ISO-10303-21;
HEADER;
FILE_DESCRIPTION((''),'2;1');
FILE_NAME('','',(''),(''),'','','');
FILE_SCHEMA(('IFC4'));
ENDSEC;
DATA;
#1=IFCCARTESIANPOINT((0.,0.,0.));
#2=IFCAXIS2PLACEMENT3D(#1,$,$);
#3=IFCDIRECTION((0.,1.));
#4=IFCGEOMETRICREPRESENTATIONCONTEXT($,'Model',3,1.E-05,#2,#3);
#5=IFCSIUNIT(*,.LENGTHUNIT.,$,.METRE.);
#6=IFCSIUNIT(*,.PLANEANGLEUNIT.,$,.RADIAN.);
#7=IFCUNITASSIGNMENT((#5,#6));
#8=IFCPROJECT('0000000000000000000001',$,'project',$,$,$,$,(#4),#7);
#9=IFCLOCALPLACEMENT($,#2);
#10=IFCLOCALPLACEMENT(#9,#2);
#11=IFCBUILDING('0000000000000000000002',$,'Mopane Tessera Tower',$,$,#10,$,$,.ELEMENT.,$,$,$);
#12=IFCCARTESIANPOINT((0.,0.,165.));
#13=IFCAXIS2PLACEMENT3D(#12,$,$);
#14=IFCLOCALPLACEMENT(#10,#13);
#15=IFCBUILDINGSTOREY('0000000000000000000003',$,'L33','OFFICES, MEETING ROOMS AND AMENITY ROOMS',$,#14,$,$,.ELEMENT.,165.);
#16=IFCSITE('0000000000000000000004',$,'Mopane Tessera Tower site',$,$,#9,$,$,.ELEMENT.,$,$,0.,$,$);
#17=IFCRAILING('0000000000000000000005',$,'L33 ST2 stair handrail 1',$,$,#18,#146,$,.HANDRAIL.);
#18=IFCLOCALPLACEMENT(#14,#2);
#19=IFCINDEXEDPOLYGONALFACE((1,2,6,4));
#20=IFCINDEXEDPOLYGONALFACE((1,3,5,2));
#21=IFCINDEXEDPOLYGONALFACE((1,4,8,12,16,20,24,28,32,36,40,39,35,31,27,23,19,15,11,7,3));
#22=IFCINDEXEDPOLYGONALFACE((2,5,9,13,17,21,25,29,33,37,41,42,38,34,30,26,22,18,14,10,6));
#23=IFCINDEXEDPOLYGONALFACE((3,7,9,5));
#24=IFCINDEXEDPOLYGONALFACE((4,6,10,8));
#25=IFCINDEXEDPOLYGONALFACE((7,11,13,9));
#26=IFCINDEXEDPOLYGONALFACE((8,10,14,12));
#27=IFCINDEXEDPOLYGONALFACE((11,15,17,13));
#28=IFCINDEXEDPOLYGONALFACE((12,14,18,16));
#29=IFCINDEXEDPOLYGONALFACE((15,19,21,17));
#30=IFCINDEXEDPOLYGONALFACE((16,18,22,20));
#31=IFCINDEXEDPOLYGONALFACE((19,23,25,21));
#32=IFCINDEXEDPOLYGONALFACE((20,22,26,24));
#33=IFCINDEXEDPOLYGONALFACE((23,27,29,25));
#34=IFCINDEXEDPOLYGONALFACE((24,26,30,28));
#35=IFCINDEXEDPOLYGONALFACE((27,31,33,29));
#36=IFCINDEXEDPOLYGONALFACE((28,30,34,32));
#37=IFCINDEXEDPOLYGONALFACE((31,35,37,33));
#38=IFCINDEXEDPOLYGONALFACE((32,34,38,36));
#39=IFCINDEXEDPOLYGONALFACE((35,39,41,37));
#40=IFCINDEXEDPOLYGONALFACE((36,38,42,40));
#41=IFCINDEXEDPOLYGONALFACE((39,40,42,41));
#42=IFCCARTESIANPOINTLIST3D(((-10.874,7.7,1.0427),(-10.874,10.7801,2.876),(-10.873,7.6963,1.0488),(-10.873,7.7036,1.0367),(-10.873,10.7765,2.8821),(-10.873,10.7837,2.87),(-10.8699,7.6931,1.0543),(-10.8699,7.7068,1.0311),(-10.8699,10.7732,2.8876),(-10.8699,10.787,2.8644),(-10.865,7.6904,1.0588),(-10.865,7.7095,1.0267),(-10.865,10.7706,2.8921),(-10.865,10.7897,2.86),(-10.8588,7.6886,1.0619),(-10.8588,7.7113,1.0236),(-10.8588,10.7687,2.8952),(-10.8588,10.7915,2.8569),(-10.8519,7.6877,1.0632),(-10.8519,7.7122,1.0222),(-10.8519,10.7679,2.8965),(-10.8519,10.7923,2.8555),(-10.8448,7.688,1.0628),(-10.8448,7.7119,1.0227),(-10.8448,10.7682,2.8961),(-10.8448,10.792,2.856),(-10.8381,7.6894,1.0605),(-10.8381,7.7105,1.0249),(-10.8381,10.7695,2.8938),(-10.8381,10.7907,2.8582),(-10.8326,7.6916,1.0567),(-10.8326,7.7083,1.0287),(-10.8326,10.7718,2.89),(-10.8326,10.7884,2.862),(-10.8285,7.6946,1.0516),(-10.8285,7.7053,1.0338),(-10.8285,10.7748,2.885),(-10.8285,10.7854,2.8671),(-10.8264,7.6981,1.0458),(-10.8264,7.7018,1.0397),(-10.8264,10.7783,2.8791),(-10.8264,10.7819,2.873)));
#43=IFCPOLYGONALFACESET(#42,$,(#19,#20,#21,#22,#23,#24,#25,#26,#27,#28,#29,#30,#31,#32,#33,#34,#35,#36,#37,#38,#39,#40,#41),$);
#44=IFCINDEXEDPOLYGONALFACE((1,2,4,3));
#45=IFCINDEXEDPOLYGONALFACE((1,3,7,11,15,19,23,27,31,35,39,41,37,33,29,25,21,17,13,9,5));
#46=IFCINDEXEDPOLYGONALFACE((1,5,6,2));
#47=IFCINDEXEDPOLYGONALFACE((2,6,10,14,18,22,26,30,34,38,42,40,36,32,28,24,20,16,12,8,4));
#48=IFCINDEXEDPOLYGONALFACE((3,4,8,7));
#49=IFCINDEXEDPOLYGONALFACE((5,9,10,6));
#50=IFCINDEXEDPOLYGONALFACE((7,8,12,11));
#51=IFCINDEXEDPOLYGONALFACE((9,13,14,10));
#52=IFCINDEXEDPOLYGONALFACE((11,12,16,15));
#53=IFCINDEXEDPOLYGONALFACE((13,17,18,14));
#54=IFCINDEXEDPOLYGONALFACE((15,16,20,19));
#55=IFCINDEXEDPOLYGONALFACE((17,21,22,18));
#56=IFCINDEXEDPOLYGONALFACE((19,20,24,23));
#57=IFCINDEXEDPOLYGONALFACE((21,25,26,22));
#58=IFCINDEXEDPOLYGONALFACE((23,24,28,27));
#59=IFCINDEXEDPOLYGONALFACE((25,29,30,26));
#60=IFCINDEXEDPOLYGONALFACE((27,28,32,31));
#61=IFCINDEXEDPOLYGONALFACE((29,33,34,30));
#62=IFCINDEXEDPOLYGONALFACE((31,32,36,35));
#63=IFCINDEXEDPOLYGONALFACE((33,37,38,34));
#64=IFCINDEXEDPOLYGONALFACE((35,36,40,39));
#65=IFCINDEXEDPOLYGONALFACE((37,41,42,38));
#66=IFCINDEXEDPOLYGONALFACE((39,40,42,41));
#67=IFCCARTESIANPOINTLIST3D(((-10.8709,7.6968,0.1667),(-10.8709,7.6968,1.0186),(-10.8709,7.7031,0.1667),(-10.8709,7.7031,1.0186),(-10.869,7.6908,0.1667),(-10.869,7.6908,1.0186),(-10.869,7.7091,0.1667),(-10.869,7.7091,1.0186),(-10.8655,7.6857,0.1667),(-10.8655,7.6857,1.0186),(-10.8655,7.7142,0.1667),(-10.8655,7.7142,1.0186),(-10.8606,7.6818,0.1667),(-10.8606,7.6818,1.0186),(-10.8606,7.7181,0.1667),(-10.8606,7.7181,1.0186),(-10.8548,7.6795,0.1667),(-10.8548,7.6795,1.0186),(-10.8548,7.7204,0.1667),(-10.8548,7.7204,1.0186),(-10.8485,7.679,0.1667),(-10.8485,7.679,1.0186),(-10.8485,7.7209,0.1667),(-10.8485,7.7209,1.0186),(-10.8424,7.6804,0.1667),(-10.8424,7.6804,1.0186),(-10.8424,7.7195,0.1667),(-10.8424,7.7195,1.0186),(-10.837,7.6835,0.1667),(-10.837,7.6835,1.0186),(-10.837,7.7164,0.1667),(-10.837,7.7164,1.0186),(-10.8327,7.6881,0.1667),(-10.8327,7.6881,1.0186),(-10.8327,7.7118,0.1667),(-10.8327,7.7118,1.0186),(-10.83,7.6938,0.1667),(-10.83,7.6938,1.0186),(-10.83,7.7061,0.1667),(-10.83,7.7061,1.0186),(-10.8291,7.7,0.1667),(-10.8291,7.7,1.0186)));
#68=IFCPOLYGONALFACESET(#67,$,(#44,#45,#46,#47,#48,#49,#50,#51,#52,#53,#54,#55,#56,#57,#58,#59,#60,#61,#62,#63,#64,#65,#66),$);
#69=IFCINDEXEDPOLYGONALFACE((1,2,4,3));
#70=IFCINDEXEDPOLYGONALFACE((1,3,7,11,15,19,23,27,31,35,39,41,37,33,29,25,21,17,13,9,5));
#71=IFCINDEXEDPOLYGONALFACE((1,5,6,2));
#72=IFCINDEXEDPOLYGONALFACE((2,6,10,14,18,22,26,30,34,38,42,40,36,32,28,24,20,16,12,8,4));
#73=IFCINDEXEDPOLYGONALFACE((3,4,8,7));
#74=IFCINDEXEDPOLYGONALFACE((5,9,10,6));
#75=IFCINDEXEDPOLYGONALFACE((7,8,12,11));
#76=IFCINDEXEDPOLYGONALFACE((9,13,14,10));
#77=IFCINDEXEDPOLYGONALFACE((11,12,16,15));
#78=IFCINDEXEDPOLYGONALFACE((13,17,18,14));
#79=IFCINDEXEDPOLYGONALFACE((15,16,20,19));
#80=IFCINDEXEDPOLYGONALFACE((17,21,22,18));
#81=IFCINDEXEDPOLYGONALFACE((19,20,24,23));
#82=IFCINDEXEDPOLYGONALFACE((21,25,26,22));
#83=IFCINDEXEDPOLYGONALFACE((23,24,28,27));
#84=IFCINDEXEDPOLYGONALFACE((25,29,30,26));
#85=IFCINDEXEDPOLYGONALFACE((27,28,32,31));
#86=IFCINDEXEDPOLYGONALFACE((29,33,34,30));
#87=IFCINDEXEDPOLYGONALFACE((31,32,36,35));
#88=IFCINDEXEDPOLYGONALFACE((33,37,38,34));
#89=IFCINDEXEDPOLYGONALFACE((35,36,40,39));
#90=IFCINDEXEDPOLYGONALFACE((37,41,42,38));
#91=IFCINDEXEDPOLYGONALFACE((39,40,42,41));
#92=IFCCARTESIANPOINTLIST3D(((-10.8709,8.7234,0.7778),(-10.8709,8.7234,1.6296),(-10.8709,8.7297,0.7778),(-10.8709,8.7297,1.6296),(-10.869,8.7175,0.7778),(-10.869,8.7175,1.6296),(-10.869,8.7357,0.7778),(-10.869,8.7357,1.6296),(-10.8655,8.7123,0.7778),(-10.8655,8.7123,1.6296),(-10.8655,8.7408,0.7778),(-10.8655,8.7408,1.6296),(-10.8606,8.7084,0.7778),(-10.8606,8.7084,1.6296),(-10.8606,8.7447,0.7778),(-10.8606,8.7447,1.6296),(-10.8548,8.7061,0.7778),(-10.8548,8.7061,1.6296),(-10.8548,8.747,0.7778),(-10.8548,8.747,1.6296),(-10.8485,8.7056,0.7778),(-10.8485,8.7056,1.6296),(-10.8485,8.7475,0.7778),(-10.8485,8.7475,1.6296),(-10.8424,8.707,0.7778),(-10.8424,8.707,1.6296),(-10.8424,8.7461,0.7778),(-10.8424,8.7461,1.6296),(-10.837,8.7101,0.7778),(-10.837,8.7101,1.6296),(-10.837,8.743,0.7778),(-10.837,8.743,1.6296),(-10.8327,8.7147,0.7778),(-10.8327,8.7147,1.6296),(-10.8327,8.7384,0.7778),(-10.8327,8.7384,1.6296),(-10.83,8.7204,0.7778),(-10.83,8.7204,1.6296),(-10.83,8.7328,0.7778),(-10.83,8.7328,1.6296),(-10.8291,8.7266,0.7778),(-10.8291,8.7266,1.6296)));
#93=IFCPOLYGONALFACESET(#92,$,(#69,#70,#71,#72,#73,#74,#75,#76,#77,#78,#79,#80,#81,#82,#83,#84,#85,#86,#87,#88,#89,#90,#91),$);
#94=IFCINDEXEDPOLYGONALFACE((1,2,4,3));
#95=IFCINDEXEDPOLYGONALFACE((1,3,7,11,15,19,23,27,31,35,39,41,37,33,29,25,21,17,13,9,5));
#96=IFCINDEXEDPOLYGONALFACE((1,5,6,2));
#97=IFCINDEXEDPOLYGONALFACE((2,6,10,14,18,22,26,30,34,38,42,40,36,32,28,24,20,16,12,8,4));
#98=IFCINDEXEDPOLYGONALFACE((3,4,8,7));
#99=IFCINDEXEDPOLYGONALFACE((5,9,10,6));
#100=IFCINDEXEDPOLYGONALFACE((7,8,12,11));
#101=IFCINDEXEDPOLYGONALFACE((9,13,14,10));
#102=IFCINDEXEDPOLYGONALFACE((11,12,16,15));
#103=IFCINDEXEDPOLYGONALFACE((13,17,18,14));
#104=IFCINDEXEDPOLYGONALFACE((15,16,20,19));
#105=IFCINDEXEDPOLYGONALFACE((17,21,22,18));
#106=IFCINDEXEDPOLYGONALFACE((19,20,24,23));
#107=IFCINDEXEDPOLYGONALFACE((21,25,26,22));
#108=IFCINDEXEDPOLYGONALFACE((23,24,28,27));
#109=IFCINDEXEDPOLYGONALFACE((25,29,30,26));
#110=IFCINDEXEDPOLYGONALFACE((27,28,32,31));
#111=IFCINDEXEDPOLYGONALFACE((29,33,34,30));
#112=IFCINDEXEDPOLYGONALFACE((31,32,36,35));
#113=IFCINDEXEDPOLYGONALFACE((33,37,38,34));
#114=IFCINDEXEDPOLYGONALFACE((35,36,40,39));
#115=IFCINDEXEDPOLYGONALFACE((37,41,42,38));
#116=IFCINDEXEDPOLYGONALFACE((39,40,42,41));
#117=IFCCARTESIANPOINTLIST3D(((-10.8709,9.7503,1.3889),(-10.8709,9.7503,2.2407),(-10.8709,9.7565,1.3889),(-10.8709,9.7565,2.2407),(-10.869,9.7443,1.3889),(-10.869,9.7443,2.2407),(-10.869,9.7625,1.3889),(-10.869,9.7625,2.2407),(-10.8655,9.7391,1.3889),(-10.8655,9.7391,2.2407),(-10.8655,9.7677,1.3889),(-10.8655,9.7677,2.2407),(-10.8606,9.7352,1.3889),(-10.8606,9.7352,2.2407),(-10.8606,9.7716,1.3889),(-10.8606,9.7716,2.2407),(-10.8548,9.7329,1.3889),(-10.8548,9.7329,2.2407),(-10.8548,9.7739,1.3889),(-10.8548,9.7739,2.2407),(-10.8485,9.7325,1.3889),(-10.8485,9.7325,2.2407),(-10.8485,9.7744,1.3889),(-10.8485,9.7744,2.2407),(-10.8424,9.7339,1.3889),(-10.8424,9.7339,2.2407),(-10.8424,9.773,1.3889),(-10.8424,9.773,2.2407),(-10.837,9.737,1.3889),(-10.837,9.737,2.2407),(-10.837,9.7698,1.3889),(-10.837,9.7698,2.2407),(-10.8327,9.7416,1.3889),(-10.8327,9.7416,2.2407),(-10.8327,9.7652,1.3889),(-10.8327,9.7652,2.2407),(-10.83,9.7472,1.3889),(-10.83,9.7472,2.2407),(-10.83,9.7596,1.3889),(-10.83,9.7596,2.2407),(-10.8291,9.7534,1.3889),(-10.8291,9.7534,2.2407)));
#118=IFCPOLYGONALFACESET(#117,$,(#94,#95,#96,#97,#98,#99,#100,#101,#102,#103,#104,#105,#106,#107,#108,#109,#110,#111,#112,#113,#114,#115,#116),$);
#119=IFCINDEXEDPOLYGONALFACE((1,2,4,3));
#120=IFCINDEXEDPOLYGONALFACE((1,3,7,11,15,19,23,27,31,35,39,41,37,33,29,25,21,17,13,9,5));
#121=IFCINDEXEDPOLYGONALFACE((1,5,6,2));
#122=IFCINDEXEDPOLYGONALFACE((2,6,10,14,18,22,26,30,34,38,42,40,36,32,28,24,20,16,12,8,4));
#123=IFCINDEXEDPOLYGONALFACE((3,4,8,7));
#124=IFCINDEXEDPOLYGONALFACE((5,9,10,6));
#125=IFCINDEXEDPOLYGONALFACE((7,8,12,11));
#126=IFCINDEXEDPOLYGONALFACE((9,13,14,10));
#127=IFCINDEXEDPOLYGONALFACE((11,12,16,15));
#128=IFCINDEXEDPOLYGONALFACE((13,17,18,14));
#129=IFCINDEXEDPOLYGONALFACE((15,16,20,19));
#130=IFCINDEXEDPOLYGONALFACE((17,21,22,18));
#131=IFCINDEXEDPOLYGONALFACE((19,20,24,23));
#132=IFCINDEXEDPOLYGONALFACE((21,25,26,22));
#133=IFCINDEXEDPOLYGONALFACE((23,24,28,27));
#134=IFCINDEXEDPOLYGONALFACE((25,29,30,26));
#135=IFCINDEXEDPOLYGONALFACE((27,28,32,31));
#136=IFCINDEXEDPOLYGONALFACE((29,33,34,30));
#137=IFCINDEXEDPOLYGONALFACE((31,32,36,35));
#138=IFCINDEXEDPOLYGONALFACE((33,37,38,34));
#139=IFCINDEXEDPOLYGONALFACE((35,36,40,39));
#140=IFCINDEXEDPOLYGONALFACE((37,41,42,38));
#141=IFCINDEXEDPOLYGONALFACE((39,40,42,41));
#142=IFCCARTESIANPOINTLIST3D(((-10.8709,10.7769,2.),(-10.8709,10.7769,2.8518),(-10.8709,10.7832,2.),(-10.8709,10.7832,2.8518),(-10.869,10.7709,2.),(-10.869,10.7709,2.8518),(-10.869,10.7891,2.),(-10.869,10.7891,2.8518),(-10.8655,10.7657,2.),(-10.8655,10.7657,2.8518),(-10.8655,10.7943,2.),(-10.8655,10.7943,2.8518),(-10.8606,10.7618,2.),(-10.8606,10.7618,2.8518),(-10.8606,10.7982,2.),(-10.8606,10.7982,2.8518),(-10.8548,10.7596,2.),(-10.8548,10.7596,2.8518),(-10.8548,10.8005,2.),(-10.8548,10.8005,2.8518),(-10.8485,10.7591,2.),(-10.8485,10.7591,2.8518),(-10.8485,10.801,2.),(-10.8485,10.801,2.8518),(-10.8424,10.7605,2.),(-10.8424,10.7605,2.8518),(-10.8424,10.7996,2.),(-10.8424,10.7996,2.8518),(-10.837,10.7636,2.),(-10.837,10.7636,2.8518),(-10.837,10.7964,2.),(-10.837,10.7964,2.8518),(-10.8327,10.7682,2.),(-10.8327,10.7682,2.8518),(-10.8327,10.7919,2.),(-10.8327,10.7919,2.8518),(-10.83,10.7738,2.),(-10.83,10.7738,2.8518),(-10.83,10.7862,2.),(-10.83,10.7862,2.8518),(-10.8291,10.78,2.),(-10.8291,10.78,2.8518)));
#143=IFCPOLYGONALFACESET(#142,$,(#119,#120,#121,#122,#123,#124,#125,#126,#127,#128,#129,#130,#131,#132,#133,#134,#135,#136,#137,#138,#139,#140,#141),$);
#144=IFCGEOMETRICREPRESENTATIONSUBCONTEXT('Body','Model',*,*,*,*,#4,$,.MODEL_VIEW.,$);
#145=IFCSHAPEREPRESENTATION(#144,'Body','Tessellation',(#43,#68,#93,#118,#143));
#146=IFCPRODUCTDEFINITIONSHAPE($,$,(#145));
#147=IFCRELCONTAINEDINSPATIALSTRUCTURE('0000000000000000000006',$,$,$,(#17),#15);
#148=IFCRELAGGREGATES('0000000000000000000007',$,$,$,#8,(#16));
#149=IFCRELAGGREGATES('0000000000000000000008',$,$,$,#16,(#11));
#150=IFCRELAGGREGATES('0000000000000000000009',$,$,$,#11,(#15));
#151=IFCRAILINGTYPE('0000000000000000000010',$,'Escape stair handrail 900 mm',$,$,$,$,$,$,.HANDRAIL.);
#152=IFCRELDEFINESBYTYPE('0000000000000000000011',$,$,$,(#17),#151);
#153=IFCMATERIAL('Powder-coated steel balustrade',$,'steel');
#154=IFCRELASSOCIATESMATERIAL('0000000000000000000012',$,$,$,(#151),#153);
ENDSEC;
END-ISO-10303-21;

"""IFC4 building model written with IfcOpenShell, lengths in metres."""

from ifc_helpers import new_model, si_unit, direction, frame, origin, origin_2d, place, context, subcontext, project, spatial, circle, extrude, material, type_object, element, save


model = new_model("IFC4")

# Units and contexts
model_context = context("Model", 3, precision=1e-05, world=origin(), true_north=direction((0.0, 1.0)))
body_context = subcontext(model_context, "Body", "Model", "MODEL_VIEW")
ifc_project = project(units=[si_unit("LENGTHUNIT", "METRE"), si_unit("PLANEANGLEUNIT", "RADIAN")], contexts=[model_context])

# Site, building, storey
site_placement = place(None, origin())
site = spatial("IfcSite", under=ifc_project, at=site_placement, Name="Mopane Tessera Tower site", CompositionType="ELEMENT", RefElevation=0.0)
building_placement = place(site_placement, origin())
building = spatial("IfcBuilding", under=site, at=building_placement, Name="Mopane Tessera Tower", CompositionType="ELEMENT")
storey_placement = place(building_placement, frame((0.0, 0.0, 165.0)))
storey = spatial("IfcBuildingStorey", under=building, at=storey_placement, Name="L33", Description="OFFICES, MEETING ROOMS AND AMENITY ROOMS", CompositionType="ELEMENT", Elevation=165.0)

# Railing
ifc_material_1 = material(Name="Powder-coated steel balustrade", Category="steel")
railing_type_1 = type_object("IfcRailingType", Name="Escape stair handrail 900 mm", PredefinedType="HANDRAIL", material=ifc_material_1)
railing_1_placement = place(storey_placement, frame((-10.8501, 7.7, 0.1667)))
element("IfcRailing", 1, at=railing_1_placement, inside=storey, type_object=railing_type_1, Name="L33 ST2 stair handrail 1", PredefinedType="HANDRAIL", context=body_context, shape_type="SweptSolid", body=[
    extrude(circle(Radius=0.0239, at=origin_2d()), frame((0.0, 0.0, 0.876), z_axis=(0.0, 0.859309, 0.511458), x_axis=(-1.0, 0.0, 0.0)), (0.0, 0.0, 1.0), 3.5845),
    extrude(circle(Radius=0.021, at=origin_2d()), origin(), (0.0, 0.0, 1.0), 0.8518),
    extrude(circle(Radius=0.021, at=origin_2d()), frame((0.0, 1.0266, 0.6111)), (0.0, 0.0, 1.0), 0.8518),
    extrude(circle(Radius=0.021, at=origin_2d()), frame((0.0, 2.0535, 1.2222)), (0.0, 0.0, 1.0), 0.8518),
    extrude(circle(Radius=0.021, at=origin_2d()), frame((0.0, 3.0801, 1.8333)), (0.0, 0.0, 1.0), 0.8518),
])

save(model, "model.ifc")
